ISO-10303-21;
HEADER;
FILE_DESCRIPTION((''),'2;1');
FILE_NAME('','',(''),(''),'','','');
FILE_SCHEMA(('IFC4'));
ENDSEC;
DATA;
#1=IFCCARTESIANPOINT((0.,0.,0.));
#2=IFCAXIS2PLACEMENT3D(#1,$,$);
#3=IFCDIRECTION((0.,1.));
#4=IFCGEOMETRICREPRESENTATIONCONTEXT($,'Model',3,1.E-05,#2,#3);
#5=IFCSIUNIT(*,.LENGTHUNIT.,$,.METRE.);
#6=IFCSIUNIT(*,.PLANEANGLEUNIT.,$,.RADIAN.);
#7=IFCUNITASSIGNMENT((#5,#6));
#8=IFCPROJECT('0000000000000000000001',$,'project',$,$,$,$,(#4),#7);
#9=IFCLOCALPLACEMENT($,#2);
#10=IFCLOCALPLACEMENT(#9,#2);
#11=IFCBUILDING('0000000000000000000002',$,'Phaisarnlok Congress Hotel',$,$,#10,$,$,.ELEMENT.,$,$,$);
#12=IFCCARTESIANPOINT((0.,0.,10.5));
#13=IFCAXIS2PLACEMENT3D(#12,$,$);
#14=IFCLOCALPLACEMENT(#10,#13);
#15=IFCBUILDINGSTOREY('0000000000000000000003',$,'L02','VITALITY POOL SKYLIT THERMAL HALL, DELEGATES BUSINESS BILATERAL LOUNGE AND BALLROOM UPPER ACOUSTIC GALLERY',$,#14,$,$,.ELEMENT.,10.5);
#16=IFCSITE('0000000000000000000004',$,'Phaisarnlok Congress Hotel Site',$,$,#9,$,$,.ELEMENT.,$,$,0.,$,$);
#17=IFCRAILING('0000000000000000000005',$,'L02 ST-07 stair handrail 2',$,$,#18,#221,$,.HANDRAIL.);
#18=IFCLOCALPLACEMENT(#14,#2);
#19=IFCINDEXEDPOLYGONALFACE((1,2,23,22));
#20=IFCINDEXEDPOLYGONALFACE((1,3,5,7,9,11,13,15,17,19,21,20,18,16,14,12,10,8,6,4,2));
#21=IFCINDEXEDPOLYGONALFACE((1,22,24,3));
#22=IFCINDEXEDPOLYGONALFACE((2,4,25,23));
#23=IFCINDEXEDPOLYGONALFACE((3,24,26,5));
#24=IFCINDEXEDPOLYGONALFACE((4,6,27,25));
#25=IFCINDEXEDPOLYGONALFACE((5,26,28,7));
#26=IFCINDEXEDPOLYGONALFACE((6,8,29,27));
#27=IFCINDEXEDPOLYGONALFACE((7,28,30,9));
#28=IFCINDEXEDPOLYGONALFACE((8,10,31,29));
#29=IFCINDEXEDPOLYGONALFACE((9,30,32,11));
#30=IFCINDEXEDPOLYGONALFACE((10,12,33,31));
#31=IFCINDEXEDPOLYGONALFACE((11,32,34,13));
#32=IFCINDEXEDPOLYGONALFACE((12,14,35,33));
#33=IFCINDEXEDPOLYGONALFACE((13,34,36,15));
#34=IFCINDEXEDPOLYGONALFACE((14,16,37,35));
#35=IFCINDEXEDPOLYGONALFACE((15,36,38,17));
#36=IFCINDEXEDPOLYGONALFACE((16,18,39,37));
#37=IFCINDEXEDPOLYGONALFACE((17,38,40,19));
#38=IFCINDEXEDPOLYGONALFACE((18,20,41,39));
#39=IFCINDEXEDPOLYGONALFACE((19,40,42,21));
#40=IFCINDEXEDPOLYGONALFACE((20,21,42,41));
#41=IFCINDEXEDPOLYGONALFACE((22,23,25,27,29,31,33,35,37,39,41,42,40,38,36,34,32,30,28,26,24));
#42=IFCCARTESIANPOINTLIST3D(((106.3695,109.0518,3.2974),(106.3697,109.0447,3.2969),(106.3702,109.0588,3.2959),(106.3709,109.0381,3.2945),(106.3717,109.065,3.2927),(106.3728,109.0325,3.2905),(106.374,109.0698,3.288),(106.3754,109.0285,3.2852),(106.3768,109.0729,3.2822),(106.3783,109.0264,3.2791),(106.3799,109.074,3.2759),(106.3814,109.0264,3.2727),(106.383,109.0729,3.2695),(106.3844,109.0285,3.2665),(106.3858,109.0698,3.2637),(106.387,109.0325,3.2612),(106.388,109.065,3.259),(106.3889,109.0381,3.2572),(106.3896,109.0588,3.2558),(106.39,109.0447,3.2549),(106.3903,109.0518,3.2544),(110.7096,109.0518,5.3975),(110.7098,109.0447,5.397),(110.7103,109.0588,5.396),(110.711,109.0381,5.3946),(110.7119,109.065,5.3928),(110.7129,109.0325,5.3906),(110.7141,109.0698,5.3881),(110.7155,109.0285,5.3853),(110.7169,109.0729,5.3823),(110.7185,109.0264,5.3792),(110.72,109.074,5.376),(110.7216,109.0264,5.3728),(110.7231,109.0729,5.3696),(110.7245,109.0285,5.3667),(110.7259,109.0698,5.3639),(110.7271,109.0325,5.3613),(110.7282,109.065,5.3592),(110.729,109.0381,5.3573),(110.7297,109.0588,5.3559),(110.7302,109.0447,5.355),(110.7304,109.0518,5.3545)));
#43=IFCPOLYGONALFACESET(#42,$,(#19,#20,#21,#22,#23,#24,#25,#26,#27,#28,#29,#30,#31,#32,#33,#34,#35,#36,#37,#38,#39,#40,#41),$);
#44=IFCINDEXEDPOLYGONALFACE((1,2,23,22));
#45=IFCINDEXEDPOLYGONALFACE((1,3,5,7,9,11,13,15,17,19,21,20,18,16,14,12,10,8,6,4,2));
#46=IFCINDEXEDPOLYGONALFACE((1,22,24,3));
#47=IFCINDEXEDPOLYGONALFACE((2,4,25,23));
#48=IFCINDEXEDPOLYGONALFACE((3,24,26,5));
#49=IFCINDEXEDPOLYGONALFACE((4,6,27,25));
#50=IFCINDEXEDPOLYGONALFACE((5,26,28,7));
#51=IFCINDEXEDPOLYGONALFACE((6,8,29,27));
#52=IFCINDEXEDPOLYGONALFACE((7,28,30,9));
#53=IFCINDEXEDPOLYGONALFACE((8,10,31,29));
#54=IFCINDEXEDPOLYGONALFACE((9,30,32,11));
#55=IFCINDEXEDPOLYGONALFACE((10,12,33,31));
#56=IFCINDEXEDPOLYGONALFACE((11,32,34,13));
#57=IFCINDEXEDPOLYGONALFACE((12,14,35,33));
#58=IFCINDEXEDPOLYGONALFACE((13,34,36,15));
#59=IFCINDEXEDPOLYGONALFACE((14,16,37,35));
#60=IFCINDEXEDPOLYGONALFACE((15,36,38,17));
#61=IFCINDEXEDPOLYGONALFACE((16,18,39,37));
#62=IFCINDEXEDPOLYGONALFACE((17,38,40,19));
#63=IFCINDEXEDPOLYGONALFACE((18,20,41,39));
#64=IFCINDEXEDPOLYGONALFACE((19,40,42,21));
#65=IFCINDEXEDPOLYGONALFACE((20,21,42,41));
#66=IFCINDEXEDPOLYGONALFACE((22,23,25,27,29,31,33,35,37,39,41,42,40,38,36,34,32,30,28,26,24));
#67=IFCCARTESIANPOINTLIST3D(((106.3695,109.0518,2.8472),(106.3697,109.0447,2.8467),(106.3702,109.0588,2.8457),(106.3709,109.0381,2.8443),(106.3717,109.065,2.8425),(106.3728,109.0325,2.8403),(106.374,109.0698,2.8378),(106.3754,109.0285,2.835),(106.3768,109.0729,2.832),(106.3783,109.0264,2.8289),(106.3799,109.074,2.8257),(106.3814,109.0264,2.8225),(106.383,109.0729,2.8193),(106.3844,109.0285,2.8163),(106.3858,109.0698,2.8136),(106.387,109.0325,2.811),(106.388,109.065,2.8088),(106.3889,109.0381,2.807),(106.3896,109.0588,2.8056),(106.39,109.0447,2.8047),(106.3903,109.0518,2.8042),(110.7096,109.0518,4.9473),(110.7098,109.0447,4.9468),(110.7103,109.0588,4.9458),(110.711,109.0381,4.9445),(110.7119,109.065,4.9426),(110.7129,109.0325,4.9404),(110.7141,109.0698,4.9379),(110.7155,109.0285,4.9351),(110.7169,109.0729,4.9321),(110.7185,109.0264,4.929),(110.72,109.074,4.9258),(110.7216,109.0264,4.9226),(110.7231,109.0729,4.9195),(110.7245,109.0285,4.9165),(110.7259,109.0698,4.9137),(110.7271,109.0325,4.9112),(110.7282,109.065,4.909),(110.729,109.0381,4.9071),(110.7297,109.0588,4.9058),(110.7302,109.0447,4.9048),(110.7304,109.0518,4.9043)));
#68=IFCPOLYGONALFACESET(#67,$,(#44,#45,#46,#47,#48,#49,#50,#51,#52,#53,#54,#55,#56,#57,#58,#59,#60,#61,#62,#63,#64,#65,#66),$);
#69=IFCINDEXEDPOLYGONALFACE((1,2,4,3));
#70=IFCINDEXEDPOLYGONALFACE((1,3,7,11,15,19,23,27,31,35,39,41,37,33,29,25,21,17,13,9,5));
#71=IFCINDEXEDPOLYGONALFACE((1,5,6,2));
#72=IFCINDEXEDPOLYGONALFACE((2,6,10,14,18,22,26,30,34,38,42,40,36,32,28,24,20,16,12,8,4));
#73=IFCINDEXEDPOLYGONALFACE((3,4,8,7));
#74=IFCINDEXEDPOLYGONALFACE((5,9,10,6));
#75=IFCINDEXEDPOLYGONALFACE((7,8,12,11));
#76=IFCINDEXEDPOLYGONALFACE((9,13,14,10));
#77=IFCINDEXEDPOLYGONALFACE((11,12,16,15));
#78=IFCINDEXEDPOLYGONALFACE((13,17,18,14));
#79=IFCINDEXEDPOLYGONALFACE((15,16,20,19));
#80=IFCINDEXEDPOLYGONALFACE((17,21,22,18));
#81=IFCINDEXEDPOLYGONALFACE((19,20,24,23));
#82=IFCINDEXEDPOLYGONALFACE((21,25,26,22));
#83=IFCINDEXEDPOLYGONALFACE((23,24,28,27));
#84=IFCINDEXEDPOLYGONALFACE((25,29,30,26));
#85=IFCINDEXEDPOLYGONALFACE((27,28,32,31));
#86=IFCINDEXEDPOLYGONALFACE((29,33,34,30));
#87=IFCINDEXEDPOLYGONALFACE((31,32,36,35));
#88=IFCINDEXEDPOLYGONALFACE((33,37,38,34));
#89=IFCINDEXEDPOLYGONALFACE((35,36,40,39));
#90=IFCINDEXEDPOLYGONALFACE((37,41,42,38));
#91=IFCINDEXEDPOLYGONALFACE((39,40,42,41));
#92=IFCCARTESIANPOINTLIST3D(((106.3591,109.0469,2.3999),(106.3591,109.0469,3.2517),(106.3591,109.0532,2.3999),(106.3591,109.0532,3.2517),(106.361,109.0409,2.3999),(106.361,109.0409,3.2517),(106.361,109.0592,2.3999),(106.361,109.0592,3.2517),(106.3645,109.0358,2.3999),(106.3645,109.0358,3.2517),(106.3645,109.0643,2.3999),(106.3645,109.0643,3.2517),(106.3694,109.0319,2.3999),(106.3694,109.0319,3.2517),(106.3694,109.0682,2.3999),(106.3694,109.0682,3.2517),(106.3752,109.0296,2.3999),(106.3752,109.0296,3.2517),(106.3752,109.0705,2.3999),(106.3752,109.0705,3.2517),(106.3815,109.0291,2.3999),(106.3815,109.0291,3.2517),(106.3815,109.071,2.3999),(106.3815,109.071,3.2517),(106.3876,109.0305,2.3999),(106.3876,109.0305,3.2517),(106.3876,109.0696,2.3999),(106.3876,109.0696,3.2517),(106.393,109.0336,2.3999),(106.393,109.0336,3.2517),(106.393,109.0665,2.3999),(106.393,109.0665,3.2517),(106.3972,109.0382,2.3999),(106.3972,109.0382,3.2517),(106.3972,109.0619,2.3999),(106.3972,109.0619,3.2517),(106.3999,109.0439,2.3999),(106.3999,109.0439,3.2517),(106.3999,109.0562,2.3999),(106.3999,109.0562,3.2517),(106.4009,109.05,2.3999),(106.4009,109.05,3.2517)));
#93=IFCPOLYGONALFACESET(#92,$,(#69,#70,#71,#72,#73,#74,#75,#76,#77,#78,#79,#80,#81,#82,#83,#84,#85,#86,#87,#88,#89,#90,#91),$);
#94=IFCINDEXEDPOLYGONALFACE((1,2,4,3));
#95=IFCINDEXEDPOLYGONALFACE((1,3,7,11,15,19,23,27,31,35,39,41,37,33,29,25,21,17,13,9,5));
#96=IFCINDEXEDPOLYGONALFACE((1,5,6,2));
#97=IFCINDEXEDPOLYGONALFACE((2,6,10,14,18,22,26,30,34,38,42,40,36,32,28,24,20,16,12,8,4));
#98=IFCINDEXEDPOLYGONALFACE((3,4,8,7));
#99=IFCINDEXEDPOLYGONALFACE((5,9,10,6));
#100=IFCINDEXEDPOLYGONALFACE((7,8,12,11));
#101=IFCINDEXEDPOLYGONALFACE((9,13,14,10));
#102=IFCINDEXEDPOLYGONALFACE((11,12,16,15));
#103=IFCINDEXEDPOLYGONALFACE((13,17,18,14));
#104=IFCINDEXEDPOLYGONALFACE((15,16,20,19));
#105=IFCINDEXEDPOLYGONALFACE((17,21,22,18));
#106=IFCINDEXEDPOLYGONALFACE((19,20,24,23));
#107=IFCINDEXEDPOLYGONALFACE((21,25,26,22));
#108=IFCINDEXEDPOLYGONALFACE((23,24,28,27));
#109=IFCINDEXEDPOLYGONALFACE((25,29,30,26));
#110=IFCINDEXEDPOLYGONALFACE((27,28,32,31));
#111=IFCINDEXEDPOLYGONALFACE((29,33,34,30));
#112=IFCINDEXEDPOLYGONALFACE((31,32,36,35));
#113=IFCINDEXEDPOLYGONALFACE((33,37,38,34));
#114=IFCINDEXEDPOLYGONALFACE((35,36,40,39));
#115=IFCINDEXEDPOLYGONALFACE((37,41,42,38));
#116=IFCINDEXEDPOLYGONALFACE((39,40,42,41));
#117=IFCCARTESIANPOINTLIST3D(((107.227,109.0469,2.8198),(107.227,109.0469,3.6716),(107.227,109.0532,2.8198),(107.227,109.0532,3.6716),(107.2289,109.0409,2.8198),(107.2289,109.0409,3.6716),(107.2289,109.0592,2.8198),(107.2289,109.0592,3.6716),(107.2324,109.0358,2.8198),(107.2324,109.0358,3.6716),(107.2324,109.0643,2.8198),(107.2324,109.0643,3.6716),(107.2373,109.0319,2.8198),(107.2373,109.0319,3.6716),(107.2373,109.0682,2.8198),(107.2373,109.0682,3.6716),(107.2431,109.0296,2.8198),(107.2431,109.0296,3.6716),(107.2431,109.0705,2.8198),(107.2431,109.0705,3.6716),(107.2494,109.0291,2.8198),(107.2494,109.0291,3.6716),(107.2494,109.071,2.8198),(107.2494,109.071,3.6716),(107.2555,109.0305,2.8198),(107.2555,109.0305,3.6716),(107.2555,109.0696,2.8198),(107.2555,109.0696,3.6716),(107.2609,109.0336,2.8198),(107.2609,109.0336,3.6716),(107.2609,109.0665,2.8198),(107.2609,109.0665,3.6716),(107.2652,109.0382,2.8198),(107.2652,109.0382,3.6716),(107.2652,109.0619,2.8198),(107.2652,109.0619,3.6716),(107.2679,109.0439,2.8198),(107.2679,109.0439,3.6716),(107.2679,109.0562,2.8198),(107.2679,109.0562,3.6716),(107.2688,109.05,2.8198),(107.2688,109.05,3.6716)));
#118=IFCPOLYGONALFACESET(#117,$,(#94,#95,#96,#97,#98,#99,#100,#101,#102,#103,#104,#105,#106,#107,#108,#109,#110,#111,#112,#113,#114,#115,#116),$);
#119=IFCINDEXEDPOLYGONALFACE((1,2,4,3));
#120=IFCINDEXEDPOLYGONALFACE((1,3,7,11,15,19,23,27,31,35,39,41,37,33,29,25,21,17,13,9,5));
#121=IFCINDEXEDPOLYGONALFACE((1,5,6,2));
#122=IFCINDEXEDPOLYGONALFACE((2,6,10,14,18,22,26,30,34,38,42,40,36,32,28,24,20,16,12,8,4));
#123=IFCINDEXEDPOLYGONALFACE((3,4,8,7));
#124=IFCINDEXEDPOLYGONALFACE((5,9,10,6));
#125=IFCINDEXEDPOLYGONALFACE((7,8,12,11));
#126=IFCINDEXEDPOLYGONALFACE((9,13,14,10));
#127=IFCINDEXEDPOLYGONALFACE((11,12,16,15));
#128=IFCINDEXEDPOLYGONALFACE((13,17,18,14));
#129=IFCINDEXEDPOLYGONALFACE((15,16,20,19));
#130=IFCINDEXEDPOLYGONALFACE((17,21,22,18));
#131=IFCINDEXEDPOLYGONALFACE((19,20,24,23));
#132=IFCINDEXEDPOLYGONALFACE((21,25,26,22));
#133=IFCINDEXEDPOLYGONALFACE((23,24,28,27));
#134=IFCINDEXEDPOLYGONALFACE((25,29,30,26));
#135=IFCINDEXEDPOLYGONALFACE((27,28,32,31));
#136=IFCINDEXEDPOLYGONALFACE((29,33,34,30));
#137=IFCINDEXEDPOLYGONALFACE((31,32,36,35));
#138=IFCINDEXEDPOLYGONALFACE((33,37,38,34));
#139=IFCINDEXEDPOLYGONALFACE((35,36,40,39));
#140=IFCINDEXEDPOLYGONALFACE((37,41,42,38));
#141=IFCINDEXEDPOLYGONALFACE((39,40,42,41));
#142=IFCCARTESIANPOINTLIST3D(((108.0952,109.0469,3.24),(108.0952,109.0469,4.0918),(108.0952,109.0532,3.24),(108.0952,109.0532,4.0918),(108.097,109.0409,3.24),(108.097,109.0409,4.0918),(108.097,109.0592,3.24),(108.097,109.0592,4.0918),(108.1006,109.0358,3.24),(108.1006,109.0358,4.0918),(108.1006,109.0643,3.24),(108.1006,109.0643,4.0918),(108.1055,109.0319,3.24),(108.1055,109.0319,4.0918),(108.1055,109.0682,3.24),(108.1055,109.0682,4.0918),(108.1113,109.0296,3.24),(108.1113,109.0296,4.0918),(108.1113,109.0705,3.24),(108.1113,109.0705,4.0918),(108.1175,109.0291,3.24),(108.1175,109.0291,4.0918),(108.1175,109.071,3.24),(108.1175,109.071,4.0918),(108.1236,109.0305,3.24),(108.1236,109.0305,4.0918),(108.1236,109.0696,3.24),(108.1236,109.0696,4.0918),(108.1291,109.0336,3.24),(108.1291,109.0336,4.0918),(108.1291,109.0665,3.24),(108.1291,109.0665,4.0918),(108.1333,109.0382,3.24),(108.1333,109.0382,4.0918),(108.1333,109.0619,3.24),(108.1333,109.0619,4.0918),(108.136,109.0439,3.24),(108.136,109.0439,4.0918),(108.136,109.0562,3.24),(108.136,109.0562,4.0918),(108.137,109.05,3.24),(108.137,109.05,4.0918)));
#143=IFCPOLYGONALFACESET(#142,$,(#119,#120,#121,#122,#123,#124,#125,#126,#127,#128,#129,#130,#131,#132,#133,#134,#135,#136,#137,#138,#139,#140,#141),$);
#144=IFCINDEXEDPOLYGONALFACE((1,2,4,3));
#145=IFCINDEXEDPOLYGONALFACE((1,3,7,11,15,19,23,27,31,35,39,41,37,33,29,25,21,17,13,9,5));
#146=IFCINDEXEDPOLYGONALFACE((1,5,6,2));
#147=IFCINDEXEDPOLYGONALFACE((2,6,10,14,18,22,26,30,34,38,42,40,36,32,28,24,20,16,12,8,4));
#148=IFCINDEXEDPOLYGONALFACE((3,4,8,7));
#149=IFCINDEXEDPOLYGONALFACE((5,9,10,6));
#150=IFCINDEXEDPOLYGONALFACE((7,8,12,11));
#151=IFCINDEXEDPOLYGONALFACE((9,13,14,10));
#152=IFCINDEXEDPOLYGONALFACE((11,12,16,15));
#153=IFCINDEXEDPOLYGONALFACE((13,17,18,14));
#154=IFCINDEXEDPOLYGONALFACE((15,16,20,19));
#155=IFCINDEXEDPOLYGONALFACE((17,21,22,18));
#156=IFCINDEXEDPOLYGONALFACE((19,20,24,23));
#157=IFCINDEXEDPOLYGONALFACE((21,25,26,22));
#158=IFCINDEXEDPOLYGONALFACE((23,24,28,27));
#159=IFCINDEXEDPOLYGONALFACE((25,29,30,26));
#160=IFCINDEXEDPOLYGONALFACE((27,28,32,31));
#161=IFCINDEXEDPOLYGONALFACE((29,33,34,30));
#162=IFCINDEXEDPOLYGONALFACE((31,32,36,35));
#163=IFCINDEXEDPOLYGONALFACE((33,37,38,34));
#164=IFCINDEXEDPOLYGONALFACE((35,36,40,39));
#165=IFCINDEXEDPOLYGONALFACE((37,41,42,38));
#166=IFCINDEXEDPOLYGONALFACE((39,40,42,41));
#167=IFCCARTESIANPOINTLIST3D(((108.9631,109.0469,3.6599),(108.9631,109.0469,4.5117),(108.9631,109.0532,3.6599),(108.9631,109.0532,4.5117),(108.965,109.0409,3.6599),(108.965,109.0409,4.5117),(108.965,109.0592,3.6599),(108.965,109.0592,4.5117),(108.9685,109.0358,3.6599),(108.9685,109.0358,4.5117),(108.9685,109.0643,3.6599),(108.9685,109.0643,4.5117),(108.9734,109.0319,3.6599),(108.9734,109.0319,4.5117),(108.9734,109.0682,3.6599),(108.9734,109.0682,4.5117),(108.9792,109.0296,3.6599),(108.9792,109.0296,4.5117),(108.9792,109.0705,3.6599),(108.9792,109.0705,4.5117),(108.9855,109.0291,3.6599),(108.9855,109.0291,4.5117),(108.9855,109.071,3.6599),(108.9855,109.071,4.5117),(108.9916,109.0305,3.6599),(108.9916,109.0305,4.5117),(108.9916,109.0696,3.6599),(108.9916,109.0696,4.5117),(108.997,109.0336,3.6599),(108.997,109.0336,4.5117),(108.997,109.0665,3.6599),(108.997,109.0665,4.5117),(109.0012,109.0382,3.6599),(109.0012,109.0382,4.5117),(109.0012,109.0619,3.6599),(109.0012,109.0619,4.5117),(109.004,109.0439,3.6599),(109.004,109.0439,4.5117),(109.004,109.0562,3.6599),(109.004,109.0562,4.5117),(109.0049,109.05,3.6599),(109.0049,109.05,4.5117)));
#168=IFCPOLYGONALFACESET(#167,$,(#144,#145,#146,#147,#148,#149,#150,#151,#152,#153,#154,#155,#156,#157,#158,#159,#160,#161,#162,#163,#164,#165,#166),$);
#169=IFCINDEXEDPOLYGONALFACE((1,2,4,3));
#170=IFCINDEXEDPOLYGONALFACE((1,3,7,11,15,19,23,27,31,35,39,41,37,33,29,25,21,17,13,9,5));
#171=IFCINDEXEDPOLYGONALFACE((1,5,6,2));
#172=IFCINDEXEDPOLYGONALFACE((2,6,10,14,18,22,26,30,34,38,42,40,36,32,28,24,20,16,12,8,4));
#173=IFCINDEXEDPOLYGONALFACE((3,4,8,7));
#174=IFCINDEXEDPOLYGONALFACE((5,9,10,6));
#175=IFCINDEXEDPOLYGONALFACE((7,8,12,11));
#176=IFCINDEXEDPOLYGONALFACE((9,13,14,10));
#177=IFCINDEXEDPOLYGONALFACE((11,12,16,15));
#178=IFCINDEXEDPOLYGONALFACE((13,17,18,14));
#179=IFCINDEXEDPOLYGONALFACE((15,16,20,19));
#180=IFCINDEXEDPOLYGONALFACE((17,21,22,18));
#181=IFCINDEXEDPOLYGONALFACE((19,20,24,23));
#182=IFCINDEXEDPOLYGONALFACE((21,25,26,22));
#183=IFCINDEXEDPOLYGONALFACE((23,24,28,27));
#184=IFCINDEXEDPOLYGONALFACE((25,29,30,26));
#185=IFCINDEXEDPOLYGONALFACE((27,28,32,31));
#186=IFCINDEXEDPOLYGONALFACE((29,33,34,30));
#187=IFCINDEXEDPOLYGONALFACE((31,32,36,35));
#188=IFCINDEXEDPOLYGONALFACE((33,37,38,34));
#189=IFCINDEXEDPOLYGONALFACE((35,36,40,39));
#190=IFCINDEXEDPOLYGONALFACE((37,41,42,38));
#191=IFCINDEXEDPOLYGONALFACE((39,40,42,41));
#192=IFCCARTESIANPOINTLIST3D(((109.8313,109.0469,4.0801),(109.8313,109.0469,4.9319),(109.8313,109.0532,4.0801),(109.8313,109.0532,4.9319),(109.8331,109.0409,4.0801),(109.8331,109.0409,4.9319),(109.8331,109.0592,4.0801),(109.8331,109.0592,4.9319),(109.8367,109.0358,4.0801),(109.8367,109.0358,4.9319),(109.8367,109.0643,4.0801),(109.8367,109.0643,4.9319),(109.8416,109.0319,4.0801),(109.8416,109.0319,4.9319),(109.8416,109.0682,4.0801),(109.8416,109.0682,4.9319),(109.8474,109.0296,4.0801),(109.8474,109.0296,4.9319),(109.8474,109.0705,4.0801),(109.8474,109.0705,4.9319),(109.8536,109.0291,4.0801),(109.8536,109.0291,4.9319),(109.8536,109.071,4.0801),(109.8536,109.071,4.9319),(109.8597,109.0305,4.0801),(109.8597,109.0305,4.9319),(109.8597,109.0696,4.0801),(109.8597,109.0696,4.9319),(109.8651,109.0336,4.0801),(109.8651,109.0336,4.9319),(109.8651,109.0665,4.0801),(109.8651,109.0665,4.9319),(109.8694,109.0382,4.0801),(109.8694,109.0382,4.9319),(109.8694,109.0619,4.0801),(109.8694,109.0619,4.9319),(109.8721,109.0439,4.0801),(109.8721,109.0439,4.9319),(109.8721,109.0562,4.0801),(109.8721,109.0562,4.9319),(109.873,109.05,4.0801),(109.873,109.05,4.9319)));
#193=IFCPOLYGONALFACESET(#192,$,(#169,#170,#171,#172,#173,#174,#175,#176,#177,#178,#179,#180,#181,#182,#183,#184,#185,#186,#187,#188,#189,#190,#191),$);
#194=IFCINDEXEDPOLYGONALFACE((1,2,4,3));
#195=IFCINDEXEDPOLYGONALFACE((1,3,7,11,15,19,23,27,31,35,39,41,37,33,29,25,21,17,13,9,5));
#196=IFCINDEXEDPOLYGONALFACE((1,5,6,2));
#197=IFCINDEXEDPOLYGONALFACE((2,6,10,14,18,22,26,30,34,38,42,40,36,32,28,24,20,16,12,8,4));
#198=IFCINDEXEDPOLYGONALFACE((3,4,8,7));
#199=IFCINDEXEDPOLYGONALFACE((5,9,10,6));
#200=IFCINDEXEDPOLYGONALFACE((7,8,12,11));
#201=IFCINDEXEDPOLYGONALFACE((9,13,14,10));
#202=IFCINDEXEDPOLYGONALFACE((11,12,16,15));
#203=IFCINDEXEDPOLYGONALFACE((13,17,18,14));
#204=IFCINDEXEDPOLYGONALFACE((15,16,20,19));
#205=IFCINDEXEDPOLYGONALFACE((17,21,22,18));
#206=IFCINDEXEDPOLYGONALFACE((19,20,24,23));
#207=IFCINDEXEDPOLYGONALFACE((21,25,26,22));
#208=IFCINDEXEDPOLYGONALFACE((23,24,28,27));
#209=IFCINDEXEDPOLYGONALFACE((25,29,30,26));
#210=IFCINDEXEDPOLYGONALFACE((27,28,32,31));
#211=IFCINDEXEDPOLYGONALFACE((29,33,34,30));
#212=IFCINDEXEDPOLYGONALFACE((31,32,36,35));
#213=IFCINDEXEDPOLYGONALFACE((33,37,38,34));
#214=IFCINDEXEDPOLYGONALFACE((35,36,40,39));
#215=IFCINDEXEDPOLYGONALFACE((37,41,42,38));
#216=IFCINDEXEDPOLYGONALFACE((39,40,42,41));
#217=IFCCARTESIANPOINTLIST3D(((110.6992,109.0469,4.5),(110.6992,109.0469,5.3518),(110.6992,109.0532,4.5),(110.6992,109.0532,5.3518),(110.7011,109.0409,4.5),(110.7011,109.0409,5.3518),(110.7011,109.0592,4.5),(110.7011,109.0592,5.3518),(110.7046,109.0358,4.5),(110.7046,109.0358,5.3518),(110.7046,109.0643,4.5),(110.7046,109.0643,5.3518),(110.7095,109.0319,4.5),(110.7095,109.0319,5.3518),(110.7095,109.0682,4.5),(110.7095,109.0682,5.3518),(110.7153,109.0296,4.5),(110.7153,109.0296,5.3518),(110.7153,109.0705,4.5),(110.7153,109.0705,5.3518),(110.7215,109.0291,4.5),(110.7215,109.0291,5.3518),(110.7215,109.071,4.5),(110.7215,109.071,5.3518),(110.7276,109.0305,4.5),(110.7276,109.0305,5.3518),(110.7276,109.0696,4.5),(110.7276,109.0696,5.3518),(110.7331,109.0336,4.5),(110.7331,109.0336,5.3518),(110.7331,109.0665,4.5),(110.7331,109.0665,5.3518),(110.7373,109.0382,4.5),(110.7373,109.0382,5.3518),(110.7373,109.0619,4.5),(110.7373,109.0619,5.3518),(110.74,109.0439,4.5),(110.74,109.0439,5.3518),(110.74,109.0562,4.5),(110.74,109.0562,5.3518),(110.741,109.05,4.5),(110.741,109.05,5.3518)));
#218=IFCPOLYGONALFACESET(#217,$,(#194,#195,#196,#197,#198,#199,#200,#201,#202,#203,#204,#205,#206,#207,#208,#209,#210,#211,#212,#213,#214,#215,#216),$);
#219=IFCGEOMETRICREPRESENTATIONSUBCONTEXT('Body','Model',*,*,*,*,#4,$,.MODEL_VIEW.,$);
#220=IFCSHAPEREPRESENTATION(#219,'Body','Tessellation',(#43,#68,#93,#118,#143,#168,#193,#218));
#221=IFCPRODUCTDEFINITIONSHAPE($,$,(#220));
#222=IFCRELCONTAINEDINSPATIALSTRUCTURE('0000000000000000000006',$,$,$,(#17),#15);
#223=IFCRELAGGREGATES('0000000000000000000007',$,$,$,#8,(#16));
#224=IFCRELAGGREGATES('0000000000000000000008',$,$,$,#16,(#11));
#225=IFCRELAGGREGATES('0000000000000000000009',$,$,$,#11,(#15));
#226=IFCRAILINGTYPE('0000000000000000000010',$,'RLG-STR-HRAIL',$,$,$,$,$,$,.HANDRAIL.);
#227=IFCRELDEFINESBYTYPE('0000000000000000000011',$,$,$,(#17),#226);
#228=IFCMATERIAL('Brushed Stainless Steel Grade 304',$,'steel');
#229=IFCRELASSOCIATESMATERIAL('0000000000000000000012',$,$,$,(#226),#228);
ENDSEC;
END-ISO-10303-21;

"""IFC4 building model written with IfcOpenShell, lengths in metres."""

from ifc_helpers import new_model, si_unit, direction, frame, origin, origin_2d, place, context, subcontext, project, spatial, circle, extrude, material, type_object, element, save


model = new_model("IFC4")

# Units and contexts
model_context = context("Model", 3, precision=1e-05, world=origin(), true_north=direction((0.0, 1.0)))
body_context = subcontext(model_context, "Body", "Model", "MODEL_VIEW")
ifc_project = project(units=[si_unit("LENGTHUNIT", "METRE"), si_unit("PLANEANGLEUNIT", "RADIAN")], contexts=[model_context])

# Site, building, storey
site_placement = place(None, origin())
site = spatial("IfcSite", under=ifc_project, at=site_placement, Name="Phaisarnlok Congress Hotel Site", CompositionType="ELEMENT", RefElevation=0.0)
building_placement = place(site_placement, origin())
building = spatial("IfcBuilding", under=site, at=building_placement, Name="Phaisarnlok Congress Hotel", CompositionType="ELEMENT")
storey_placement = place(building_placement, frame((0.0, 0.0, 10.5)))
storey = spatial("IfcBuildingStorey", under=building, at=storey_placement, Name="L02", Description="VITALITY POOL SKYLIT THERMAL HALL, DELEGATES BUSINESS BILATERAL LOUNGE AND BALLROOM UPPER ACOUSTIC GALLERY", CompositionType="ELEMENT", Elevation=10.5)

# Railing
ifc_material_1 = material(Name="Brushed Stainless Steel Grade 304", Category="steel")
railing_type_1 = type_object("IfcRailingType", Name="RLG-STR-HRAIL", PredefinedType="HANDRAIL", material=ifc_material_1)
railing_1_placement = place(storey_placement, frame((106.3799, 109.05, 2.3999)))
element("IfcRailing", 1, at=railing_1_placement, inside=storey, type_object=railing_type_1, Name="L02 ST-07 stair handrail 2", PredefinedType="HANDRAIL", context=body_context, shape_type="SweptSolid", body=[
    extrude(circle(Radius=0.0239, at=origin_2d()), frame((0.0, 0.0, 0.876), z_axis=(0.900155, 0.0, 0.43557), x_axis=(0.0, 1.0, 0.0)), (0.0, 0.0, 1.0), 4.8215),
    extrude(circle(Radius=0.0239, at=origin_2d()), frame((0.0, 0.0, 0.4258), z_axis=(0.900155, 0.0, 0.43557), x_axis=(0.0, 1.0, 0.0)), (0.0, 0.0, 1.0), 4.8215),
    extrude(circle(Radius=0.021, at=origin_2d()), origin(), (0.0, 0.0, 1.0), 0.8518),
    extrude(circle(Radius=0.021, at=origin_2d()), frame((0.8679, 0.0, 0.4199)), (0.0, 0.0, 1.0), 0.8518),
    extrude(circle(Radius=0.021, at=origin_2d()), frame((1.7361, 0.0, 0.8401)), (0.0, 0.0, 1.0), 0.8518),
    extrude(circle(Radius=0.021, at=origin_2d()), frame((2.604, 0.0, 1.26)), (0.0, 0.0, 1.0), 0.8518),
    extrude(circle(Radius=0.021, at=origin_2d()), frame((3.4722, 0.0, 1.6802)), (0.0, 0.0, 1.0), 0.8518),
    extrude(circle(Radius=0.021, at=origin_2d()), frame((4.3401, 0.0, 2.1001)), (0.0, 0.0, 1.0), 0.8518),
])

save(model, "model.ifc")
